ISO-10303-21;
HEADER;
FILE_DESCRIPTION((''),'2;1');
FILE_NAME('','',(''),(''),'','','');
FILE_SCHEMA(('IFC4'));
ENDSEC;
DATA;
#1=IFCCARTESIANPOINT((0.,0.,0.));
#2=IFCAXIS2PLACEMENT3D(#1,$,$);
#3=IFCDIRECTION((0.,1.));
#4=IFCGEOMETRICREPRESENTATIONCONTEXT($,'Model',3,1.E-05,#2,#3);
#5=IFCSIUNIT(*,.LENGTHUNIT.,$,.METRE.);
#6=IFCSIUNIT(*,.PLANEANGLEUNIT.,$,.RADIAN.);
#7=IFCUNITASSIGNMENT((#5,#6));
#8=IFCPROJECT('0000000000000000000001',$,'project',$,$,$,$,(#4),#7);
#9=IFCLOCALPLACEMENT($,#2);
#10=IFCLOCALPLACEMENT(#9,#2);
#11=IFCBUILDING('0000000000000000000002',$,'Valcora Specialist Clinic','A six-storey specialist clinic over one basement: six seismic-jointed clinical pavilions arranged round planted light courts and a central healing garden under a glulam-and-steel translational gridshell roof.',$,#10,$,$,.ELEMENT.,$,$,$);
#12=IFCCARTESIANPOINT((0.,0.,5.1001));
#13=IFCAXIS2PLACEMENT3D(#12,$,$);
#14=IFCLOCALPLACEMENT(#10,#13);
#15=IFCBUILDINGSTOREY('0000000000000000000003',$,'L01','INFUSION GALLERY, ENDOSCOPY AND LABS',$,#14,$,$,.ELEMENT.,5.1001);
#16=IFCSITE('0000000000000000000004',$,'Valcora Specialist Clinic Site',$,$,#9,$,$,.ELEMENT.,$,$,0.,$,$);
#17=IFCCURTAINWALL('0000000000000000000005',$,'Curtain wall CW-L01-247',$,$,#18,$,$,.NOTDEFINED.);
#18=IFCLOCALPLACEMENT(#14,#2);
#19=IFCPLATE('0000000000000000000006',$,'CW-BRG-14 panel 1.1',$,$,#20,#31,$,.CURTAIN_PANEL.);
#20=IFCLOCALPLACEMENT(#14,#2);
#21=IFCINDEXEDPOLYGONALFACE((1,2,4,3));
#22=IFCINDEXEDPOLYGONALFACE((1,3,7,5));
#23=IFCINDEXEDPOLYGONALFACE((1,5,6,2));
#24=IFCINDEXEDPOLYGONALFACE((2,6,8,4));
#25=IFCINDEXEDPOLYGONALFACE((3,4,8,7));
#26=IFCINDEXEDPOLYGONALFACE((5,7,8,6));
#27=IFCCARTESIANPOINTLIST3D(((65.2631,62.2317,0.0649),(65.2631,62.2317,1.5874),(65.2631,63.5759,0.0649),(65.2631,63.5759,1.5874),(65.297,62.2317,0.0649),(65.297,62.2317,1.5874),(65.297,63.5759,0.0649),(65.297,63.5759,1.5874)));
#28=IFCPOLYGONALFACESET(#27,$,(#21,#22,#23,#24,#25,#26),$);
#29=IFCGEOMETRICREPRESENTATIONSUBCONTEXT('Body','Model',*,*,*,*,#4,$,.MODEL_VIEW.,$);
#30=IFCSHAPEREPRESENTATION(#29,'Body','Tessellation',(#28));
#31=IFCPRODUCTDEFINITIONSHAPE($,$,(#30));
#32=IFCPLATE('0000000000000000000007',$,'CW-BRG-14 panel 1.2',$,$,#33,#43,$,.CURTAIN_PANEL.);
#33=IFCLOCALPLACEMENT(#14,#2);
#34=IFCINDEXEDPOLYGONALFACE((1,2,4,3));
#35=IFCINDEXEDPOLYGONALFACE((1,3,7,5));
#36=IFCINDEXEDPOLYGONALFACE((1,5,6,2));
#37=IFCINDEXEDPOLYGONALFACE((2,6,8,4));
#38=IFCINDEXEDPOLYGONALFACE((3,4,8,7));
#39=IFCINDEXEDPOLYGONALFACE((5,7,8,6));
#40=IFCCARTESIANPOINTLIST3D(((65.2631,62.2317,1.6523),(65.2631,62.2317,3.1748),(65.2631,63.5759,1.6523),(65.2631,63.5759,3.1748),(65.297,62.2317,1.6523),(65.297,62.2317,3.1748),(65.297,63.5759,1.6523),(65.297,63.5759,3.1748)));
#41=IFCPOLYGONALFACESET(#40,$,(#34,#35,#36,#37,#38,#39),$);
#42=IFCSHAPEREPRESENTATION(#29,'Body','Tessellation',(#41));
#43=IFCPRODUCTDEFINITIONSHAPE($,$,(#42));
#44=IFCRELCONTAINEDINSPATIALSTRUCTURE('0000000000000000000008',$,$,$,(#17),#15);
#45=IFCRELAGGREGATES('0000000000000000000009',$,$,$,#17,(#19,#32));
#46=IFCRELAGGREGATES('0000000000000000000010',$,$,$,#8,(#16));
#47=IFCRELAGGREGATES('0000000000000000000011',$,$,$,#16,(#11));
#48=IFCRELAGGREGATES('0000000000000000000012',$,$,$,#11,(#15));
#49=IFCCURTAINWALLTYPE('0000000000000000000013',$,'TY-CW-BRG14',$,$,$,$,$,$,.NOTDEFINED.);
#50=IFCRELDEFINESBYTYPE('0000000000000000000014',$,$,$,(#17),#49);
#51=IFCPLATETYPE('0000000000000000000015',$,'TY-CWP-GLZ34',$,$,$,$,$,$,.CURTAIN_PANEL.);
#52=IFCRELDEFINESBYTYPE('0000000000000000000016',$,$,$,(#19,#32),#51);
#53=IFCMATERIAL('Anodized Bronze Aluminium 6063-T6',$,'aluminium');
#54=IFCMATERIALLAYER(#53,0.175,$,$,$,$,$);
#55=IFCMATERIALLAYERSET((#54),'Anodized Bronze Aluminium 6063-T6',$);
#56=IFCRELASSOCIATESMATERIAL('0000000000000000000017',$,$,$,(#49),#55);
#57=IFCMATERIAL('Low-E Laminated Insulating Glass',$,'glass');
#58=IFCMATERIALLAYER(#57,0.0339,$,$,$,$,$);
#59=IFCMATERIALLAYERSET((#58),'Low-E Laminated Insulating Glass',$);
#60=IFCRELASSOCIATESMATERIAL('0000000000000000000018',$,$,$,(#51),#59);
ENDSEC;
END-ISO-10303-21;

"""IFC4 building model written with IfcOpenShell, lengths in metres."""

from ifc_helpers import new_model, si_unit, direction, frame, origin, origin_2d, place, context, subcontext, project, spatial, rectangle, extrude, material, layer, layer_set, type_object, element, aggregate, save


model = new_model("IFC4")

# Units and contexts
model_context = context("Model", 3, precision=1e-05, world=origin(), true_north=direction((0.0, 1.0)))
body_context = subcontext(model_context, "Body", "Model", "MODEL_VIEW")
ifc_project = project(units=[si_unit("LENGTHUNIT", "METRE"), si_unit("PLANEANGLEUNIT", "RADIAN")], contexts=[model_context])

# Site, building, storey
site_placement = place(None, origin())
site = spatial("IfcSite", under=ifc_project, at=site_placement, Name="Valcora Specialist Clinic Site", CompositionType="ELEMENT", RefElevation=0.0)
building_placement = place(site_placement, origin())
building = spatial("IfcBuilding", under=site, at=building_placement, Name="Valcora Specialist Clinic", Description="A six-storey specialist clinic over one basement: six seismic-jointed clinical pavilions arranged round planted light courts and a central healing garden under a glulam-and-steel translational gridshell roof.", CompositionType="ELEMENT")
storey_placement = place(building_placement, frame((0.0, 0.0, 5.1001)))
storey = spatial("IfcBuildingStorey", under=building, at=storey_placement, Name="L01", Description="INFUSION GALLERY, ENDOSCOPY AND LABS", CompositionType="ELEMENT", Elevation=5.1001)

# Shared definitions
ifc_material_1 = material(Name="Anodized Bronze Aluminium 6063-T6", Category="aluminium")
ifc_layer_1 = layer(ifc_material_1, 0.175)
ifc_layer_set_1 = layer_set([ifc_layer_1], Name="Anodized Bronze Aluminium 6063-T6")
curtain_wall_type = type_object("IfcCurtainWallType", Name="TY-CW-BRG14", PredefinedType="NOTDEFINED", material=ifc_layer_set_1)

# Curtain wall
curtain_wall_1_placement = place(storey_placement, origin())
curtain_wall_1 = element("IfcCurtainWall", 1, at=curtain_wall_1_placement, inside=storey, type_object=curtain_wall_type, Name="Curtain wall CW-L01-247", PredefinedType="NOTDEFINED")

# Plates
ifc_material_2 = material(Name="Low-E Laminated Insulating Glass", Category="glass")
ifc_layer_2 = layer(ifc_material_2, 0.0339)
ifc_layer_set_2 = layer_set([ifc_layer_2], Name="Low-E Laminated Insulating Glass")
plate_type_1 = type_object("IfcPlateType", Name="TY-CWP-GLZ34", PredefinedType="CURTAIN_PANEL", material=ifc_layer_set_2)
plate_1_placement = place(storey_placement, frame((65.28, 62.9038, 0.0649), z_axis=(0.0, 0.0, 1.0), x_axis=(0.0, 1.0, 0.0)))
plate_1 = element("IfcPlate", 2, at=plate_1_placement, type_object=plate_type_1, Name="CW-BRG-14 panel 1.1", PredefinedType="CURTAIN_PANEL", context=body_context, shape_type="SweptSolid", body=[
    extrude(rectangle(XDim=1.3442, YDim=0.0339, at=origin_2d()), origin(), (0.0, 0.0, 1.0), 1.5225),
])
plate_2_placement = place(storey_placement, frame((65.28, 62.9038, 1.6523), z_axis=(0.0, 0.0, 1.0), x_axis=(0.0, 1.0, 0.0)))
plate_2 = element("IfcPlate", 3, at=plate_2_placement, type_object=plate_type_1, Name="CW-BRG-14 panel 1.2", PredefinedType="CURTAIN_PANEL", context=body_context, shape_type="SweptSolid", body=[
    extrude(rectangle(XDim=1.3442, YDim=0.0339, at=origin_2d()), origin(), (0.0, 0.0, 1.0), 1.5225),
])
aggregate(curtain_wall_1, [plate_1, plate_2])

save(model, "model.ifc")
